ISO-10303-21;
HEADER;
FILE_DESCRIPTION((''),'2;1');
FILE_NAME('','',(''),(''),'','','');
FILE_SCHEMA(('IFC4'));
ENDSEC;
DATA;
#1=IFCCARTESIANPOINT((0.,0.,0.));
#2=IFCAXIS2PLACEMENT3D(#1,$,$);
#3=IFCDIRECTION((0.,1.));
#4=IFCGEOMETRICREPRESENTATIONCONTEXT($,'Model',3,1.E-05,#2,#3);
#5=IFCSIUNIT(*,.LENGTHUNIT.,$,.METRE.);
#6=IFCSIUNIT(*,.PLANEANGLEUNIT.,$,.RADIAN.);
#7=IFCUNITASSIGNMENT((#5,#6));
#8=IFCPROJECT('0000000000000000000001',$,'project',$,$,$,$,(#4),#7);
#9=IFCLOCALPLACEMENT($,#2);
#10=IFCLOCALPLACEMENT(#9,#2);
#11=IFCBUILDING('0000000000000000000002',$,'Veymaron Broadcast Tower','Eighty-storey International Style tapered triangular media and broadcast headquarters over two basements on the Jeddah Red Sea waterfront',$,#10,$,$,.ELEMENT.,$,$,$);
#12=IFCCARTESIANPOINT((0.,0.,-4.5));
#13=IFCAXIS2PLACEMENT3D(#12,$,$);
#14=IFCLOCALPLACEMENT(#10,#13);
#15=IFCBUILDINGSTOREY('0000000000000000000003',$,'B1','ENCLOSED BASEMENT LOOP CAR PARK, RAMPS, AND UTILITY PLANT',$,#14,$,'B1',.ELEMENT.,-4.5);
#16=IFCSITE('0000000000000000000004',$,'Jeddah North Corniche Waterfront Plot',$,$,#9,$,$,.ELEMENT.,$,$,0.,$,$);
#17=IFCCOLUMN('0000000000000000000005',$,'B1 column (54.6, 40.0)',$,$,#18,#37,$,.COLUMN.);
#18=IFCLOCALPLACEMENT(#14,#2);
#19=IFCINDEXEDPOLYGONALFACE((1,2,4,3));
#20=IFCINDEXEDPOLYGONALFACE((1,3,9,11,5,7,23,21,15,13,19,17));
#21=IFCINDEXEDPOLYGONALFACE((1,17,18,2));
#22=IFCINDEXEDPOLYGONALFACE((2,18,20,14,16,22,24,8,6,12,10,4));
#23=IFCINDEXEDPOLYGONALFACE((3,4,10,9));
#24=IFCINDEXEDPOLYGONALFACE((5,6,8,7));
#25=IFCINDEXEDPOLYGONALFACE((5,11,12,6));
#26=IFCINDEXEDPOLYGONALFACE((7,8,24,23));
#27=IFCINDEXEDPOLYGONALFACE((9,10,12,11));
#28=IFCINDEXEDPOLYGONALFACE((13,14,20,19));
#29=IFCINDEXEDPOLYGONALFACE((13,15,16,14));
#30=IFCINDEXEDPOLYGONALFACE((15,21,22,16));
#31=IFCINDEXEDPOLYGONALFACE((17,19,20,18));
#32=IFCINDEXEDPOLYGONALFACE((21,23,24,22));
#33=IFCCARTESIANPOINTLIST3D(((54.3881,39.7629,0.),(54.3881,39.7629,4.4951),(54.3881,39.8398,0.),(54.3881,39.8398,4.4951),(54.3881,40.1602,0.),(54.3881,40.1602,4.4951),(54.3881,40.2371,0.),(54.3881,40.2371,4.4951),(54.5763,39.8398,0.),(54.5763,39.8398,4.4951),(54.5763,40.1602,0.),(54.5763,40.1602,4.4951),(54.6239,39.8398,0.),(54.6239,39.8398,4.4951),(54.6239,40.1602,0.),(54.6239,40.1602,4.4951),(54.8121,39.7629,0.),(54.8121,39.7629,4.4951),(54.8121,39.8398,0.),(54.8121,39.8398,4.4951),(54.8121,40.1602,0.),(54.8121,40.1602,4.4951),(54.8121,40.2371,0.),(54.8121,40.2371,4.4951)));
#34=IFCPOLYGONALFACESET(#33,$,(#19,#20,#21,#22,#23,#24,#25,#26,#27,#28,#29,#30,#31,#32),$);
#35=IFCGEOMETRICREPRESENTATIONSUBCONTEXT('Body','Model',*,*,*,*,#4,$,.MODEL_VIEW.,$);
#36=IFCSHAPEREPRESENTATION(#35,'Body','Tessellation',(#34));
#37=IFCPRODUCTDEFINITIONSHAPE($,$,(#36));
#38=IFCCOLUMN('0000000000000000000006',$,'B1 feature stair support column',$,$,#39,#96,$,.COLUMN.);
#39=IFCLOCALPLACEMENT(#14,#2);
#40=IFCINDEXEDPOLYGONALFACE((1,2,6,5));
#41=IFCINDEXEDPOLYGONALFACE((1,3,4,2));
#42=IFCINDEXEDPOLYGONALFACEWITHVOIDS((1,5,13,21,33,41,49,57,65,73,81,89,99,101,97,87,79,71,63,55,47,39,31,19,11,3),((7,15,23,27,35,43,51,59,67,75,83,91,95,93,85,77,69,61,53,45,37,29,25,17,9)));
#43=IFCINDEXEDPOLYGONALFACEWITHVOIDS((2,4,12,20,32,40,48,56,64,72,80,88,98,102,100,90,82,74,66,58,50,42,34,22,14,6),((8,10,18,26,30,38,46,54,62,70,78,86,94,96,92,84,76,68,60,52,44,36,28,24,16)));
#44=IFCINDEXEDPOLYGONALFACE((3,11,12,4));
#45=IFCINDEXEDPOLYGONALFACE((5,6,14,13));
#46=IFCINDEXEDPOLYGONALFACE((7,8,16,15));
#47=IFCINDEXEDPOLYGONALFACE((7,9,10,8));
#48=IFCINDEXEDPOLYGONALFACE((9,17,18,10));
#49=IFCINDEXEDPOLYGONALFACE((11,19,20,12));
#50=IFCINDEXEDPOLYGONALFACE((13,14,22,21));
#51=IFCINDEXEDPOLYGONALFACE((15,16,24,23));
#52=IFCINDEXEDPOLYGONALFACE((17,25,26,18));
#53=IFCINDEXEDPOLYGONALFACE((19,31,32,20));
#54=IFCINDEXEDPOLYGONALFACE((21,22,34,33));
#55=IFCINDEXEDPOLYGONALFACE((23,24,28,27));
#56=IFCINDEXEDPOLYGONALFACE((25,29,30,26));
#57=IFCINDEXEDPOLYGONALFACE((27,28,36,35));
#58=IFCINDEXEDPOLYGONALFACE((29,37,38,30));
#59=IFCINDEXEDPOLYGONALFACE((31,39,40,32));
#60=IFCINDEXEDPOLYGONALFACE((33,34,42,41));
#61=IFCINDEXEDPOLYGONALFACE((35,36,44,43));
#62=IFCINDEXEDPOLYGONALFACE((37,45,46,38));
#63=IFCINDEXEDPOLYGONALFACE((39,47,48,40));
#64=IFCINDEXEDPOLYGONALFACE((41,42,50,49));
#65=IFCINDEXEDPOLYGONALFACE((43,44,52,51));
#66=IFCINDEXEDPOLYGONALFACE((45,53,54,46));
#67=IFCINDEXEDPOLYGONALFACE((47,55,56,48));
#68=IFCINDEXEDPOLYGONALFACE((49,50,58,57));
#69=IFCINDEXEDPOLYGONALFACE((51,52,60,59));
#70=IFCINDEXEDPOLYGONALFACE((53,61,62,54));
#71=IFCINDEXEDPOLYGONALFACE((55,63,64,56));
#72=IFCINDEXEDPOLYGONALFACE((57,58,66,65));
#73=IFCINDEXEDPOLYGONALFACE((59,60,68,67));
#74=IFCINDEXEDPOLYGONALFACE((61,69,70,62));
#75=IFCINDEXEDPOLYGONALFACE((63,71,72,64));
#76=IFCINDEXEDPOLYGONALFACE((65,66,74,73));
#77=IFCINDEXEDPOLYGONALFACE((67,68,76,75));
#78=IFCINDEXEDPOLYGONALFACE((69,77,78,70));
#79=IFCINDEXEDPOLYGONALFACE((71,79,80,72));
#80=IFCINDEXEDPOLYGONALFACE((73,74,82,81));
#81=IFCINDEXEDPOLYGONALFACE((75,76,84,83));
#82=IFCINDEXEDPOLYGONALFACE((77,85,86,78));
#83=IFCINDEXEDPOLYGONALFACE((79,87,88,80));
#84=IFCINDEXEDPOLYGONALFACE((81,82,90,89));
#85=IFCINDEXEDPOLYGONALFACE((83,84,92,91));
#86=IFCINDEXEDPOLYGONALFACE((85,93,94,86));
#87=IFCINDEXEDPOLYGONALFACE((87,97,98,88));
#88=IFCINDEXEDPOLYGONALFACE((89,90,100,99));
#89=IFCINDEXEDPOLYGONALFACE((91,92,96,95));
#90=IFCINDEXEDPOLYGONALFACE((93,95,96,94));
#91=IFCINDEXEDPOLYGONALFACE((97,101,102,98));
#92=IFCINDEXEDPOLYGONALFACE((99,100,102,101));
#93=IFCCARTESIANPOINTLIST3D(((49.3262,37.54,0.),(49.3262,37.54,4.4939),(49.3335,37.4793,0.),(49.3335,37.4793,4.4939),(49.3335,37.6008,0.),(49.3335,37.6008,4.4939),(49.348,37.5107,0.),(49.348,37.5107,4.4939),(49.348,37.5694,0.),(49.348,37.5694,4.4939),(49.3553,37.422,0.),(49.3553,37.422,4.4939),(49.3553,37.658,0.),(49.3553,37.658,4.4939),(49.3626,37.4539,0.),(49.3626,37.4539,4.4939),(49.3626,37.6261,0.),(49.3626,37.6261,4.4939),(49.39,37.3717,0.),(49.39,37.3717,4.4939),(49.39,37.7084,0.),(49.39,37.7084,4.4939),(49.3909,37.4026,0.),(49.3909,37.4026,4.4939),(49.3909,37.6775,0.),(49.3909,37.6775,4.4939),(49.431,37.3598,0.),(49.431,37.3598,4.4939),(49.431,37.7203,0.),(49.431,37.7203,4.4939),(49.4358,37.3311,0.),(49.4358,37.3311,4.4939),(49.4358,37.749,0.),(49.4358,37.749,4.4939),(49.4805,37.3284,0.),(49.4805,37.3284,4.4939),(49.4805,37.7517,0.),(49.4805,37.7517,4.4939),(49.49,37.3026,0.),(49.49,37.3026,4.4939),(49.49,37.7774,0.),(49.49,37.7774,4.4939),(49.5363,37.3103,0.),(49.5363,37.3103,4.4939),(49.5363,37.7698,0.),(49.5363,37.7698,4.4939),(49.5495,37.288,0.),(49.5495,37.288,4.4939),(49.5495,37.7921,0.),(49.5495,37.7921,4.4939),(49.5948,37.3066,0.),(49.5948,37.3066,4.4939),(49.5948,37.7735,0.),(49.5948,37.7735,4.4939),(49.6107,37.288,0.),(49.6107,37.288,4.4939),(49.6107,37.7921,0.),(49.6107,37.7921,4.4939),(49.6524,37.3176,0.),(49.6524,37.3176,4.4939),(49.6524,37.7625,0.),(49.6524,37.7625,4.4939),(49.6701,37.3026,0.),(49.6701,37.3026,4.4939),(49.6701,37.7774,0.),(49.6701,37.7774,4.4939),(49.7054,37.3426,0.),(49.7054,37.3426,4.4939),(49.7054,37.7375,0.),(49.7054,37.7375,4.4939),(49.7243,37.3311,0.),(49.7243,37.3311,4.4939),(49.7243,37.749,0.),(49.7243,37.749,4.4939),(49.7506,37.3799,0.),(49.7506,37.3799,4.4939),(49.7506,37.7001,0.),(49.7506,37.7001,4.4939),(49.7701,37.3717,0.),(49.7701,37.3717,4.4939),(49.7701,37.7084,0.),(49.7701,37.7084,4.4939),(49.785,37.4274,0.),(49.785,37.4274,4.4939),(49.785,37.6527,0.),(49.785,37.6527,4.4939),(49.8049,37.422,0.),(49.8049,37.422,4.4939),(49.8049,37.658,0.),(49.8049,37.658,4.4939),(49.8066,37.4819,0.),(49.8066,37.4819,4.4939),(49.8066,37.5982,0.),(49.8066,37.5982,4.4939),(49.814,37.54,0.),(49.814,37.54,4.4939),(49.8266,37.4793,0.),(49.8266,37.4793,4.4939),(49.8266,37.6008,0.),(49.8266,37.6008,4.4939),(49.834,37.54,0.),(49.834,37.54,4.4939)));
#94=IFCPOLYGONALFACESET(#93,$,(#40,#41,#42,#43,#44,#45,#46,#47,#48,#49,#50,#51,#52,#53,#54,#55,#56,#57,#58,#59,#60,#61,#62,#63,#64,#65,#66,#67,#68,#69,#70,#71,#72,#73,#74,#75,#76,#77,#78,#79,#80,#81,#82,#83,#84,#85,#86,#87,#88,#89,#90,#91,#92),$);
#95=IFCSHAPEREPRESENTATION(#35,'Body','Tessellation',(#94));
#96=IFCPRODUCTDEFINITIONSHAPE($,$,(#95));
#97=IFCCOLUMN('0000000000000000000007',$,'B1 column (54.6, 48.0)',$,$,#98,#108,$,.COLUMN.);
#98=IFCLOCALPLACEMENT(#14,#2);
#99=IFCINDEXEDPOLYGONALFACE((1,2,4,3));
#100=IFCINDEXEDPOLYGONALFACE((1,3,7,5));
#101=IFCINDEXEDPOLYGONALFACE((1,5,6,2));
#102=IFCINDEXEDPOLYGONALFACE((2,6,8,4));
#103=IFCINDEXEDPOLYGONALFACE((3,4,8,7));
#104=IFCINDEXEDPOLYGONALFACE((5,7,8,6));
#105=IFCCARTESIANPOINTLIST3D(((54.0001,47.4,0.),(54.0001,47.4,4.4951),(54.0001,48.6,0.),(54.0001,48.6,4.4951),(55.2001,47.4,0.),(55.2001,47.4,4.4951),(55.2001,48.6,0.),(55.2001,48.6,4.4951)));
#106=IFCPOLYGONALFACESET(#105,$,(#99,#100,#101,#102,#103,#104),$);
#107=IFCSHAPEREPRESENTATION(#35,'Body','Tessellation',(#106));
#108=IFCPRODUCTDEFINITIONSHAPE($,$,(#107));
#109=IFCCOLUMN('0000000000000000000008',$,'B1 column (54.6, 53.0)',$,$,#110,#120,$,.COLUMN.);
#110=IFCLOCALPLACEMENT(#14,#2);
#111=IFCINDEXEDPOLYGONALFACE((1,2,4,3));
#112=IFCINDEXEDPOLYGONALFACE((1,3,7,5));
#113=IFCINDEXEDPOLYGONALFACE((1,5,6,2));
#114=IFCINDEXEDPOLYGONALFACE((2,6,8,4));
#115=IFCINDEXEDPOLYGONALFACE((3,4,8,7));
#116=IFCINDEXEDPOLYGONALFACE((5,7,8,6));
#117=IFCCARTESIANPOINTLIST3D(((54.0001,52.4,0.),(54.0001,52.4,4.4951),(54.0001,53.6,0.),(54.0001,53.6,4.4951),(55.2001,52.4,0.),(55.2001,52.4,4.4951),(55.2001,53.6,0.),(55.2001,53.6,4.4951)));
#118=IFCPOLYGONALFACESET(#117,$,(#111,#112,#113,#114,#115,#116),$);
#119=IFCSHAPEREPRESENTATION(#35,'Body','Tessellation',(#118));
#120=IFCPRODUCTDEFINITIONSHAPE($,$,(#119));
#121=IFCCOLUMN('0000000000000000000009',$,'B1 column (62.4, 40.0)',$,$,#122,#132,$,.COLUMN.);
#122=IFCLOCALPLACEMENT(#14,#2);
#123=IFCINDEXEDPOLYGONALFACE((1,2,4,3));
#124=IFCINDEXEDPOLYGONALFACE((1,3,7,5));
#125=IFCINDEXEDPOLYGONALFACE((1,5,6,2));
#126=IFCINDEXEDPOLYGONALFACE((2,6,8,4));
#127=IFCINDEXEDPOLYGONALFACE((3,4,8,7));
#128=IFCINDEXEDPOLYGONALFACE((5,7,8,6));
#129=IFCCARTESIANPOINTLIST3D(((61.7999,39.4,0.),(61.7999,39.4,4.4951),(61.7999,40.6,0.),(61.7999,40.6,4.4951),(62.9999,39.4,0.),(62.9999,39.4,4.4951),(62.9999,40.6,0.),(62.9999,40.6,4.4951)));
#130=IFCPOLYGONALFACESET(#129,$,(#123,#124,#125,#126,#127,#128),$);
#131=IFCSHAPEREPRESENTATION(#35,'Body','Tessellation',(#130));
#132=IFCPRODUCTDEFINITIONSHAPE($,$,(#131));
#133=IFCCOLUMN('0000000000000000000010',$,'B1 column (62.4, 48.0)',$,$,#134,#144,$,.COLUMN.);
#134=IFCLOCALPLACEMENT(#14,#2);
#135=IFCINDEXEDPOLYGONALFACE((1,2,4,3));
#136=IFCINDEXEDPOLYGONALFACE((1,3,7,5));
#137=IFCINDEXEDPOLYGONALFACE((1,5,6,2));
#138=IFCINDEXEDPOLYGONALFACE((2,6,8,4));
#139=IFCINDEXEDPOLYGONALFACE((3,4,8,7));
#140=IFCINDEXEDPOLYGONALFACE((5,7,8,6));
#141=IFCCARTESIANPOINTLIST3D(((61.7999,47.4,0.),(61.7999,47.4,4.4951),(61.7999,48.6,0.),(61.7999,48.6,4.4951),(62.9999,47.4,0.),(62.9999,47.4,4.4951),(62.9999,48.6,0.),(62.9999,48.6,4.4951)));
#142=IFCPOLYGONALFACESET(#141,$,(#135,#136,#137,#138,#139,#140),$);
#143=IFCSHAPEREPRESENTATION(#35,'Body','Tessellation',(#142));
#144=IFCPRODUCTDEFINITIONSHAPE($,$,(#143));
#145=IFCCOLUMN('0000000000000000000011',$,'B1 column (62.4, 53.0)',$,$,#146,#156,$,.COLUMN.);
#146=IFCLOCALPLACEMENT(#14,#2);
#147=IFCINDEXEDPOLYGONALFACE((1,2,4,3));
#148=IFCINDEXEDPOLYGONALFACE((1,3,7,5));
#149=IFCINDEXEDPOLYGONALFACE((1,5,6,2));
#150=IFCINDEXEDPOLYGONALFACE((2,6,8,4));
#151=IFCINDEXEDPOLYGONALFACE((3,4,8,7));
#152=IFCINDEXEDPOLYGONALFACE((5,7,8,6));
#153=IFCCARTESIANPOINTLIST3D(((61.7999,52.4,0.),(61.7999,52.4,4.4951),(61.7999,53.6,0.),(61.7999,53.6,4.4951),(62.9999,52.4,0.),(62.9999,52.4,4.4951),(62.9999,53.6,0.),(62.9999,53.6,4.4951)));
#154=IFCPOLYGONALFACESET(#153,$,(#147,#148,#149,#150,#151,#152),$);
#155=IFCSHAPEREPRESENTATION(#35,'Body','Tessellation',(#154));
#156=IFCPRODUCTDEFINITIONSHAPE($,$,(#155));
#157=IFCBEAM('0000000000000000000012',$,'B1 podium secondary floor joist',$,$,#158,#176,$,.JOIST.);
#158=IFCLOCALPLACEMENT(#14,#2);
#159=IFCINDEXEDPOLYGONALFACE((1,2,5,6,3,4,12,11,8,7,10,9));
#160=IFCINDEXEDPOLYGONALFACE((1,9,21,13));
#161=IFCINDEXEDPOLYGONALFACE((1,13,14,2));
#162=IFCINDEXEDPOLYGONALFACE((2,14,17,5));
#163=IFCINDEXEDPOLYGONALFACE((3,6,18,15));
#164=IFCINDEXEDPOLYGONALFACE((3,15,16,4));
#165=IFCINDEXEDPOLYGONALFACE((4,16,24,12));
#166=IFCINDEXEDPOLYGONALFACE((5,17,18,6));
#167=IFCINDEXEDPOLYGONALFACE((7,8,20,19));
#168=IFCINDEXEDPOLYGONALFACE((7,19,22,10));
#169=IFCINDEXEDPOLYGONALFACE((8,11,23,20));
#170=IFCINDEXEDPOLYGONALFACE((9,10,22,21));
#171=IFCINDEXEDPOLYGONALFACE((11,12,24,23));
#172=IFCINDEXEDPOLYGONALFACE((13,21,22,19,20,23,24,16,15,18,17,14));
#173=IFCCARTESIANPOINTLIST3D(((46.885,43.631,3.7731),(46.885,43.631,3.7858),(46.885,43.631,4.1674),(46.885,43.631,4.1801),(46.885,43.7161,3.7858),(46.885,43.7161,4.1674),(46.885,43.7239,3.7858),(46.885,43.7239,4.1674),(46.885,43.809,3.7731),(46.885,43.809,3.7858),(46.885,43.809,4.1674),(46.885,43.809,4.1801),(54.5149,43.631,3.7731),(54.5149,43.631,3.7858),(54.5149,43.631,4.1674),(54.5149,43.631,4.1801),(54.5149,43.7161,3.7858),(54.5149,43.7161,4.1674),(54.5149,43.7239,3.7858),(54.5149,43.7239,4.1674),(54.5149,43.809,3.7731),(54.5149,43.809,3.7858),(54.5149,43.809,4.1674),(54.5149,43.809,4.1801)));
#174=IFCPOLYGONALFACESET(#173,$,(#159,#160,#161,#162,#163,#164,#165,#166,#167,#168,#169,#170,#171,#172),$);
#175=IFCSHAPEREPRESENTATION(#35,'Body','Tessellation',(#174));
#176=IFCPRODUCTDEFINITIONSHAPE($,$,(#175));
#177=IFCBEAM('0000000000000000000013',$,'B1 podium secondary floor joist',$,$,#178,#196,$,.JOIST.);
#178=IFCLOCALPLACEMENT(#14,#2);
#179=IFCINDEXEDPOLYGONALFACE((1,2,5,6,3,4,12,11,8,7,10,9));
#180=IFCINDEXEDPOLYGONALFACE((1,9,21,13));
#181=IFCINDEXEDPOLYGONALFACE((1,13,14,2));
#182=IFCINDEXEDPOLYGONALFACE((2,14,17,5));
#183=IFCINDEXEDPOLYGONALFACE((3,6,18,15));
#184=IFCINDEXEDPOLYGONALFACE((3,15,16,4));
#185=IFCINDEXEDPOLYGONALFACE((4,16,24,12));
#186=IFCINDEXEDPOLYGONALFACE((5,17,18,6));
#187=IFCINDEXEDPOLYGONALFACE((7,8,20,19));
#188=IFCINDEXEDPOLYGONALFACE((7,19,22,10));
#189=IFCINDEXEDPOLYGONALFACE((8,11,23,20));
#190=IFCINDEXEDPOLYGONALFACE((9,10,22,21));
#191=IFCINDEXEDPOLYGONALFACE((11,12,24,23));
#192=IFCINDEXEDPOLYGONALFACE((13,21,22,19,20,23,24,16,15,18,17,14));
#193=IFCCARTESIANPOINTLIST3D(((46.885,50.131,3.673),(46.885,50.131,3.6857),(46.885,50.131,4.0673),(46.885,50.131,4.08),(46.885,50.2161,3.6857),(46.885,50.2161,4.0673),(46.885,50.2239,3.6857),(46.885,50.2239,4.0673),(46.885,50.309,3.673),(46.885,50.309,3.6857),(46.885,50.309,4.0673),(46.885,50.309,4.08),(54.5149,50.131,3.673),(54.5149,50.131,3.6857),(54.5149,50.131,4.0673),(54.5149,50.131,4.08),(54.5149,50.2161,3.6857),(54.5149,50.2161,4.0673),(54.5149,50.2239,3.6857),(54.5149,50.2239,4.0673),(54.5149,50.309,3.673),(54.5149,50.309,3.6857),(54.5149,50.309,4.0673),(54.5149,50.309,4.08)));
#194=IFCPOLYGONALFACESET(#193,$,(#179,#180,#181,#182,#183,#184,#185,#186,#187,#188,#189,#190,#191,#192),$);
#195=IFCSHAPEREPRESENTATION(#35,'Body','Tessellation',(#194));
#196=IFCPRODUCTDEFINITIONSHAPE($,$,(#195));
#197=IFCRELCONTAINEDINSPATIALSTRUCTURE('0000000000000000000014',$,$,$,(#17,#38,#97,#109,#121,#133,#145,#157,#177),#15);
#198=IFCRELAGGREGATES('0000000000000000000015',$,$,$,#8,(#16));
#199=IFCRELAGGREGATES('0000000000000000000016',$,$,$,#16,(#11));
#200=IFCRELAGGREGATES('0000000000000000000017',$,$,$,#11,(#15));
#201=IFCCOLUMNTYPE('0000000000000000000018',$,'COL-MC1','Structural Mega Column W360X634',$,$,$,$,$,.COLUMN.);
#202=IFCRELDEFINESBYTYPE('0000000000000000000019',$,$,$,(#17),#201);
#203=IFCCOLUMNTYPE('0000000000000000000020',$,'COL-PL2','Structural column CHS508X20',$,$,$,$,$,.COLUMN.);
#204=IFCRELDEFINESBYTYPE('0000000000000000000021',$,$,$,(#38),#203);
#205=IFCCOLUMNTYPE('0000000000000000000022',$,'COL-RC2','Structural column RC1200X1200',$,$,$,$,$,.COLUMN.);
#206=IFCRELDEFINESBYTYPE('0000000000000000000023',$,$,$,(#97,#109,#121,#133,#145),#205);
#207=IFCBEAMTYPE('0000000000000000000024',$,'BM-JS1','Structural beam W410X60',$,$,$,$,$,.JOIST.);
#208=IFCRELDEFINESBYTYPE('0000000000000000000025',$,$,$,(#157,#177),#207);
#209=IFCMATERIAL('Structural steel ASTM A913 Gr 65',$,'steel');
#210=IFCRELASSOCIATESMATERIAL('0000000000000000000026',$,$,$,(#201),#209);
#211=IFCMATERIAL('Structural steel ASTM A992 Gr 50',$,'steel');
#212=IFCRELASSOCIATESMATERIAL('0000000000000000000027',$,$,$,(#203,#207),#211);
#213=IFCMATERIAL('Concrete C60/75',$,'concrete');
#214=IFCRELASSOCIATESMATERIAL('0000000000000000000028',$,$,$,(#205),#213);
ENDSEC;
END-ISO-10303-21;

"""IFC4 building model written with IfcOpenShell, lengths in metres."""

from ifc_helpers import new_model, si_unit, direction, frame, origin, origin_2d, place, context, subcontext, project, spatial, rectangle, hollow_circle, i_section, extrude, material, material_profile, profile_set, type_object, element, save


model = new_model("IFC4")

# Units and contexts
model_context = context("Model", 3, precision=1e-05, world=origin(), true_north=direction((0.0, 1.0)))
body_context = subcontext(model_context, "Body", "Model", "MODEL_VIEW")
ifc_project = project(units=[si_unit("LENGTHUNIT", "METRE"), si_unit("PLANEANGLEUNIT", "RADIAN")], contexts=[model_context])

# Site, building, storey
site_placement = place(None, origin())
site = spatial("IfcSite", under=ifc_project, at=site_placement, Name="Jeddah North Corniche Waterfront Plot", CompositionType="ELEMENT", RefElevation=0.0)
building_placement = place(site_placement, origin())
building = spatial("IfcBuilding", under=site, at=building_placement, Name="Veymaron Broadcast Tower", Description="Eighty-storey International Style tapered triangular media and broadcast headquarters over two basements on the Jeddah Red Sea waterfront", CompositionType="ELEMENT")
storey_placement = place(building_placement, frame((0.0, 0.0, -4.5)))
storey = spatial("IfcBuildingStorey", under=building, at=storey_placement, Name="B1", Description="ENCLOSED BASEMENT LOOP CAR PARK, RAMPS, AND UTILITY PLANT", LongName="B1", CompositionType="ELEMENT", Elevation=-4.5)

# Columns
ifc_material_1 = material(Name="Structural steel ASTM A913 Gr 65", Category="steel")
ifc_material_profile_1 = material_profile(ifc_material_1, i_section(OverallWidth=0.4241, OverallDepth=0.4741, WebThickness=0.0476, FlangeThickness=0.0769, at=origin_2d()), Name="W360X634")
ifc_profile_set_1 = profile_set([ifc_material_profile_1], Name="Structural steel ASTM A913 Gr 65")
column_type_1 = type_object("IfcColumnType", Name="COL-MC1", Description="Structural Mega Column W360X634", PredefinedType="COLUMN", material=ifc_profile_set_1)
column_1_placement = place(storey_placement, frame((54.6001, 40.0, 0.0), z_axis=(0.0, 0.0, 1.0), x_axis=(1.0, 0.0, 0.0)))
element("IfcColumn", 1, at=column_1_placement, inside=storey, type_object=column_type_1, Name="B1 column (54.6, 40.0)", PredefinedType="COLUMN", context=body_context, shape_type="SweptSolid", body=[
    extrude(i_section(OverallWidth=0.4241, OverallDepth=0.4741, WebThickness=0.0476, FlangeThickness=0.0769, at=origin_2d()), origin(), (0.0, 0.0, 1.0), 4.4951),
])
ifc_material_2 = material(Name="Structural steel ASTM A992 Gr 50", Category="steel")
ifc_material_profile_2 = material_profile(ifc_material_2, hollow_circle(Radius=0.2539, WallThickness=0.02, at=origin_2d()), Name="CHS508X20")
ifc_profile_set_2 = profile_set([ifc_material_profile_2], Name="Structural steel ASTM A992 Gr 50")
column_type_2 = type_object("IfcColumnType", Name="COL-PL2", Description="Structural column CHS508X20", PredefinedType="COLUMN", material=ifc_profile_set_2)
column_2_placement = place(storey_placement, frame((49.5801, 37.54, 0.0), z_axis=(0.0, 0.0, 1.0), x_axis=(1.0, 0.0, 0.0)))
element("IfcColumn", 2, at=column_2_placement, inside=storey, type_object=column_type_2, Name="B1 feature stair support column", PredefinedType="COLUMN", context=body_context, shape_type="SweptSolid", body=[
    extrude(hollow_circle(Radius=0.2539, WallThickness=0.02, at=origin_2d()), origin(), (0.0, 0.0, 1.0), 4.4939),
])
ifc_material_3 = material(Name="Concrete C60/75", Category="concrete")
ifc_material_profile_3 = material_profile(ifc_material_3, rectangle(XDim=1.2, YDim=1.2, at=origin_2d()), Name="RC1200X1200")
ifc_profile_set_3 = profile_set([ifc_material_profile_3], Name="Concrete C60/75")
column_type_3 = type_object("IfcColumnType", Name="COL-RC2", Description="Structural column RC1200X1200", PredefinedType="COLUMN", material=ifc_profile_set_3)
for number, where, z_axis, x_axis, name in (
    (3, (54.6001, 48.0, 0.0), (0.0, 0.0, 1.0), (1.0, 0.0, 0.0), "B1 column (54.6, 48.0)"),
    (4, (54.6001, 53.0, 0.0), (0.0, 0.0, 1.0), (1.0, 0.0, 0.0), "B1 column (54.6, 53.0)"),
    (5, (62.3999, 40.0, 0.0), (0.0, 0.0, 1.0), (1.0, 0.0, 0.0), "B1 column (62.4, 40.0)"),
    (6, (62.3999, 48.0, 0.0), (0.0, 0.0, 1.0), (1.0, 0.0, 0.0), "B1 column (62.4, 48.0)"),
    (7, (62.3999, 53.0, 0.0), (0.0, 0.0, 1.0), (1.0, 0.0, 0.0), "B1 column (62.4, 53.0)"),
):
    element("IfcColumn", number, at=place(storey_placement, frame(where, z_axis=z_axis, x_axis=x_axis)), inside=storey, type_object=column_type_3, Name=name, PredefinedType="COLUMN", context=body_context, shape_type="SweptSolid", body=[
        extrude(rectangle(XDim=1.2, YDim=1.2, at=origin_2d()), origin(), (0.0, 0.0, 1.0), 4.4951),
    ])

# Beams
ifc_material_profile_4 = material_profile(ifc_material_2, i_section(OverallWidth=0.178, OverallDepth=0.407, WebThickness=0.0078, FlangeThickness=0.0127, at=origin_2d()), Name="W410X60")
ifc_profile_set_4 = profile_set([ifc_material_profile_4], Name="Structural steel ASTM A992 Gr 50")
beam_type_1 = type_object("IfcBeamType", Name="BM-JS1", Description="Structural beam W410X60", PredefinedType="JOIST", material=ifc_profile_set_4)
for number, where, z_axis, x_axis, name in (
    (8, (46.885, 43.72, 3.9766), (1.0, 0.0, 0.0), (0.0, 1.0, 0.0), "B1 podium secondary floor joist"),
    (9, (46.885, 50.22, 3.8765), (1.0, 0.0, 0.0), (0.0, 1.0, 0.0), "B1 podium secondary floor joist"),
):
    element("IfcBeam", number, at=place(storey_placement, frame(where, z_axis=z_axis, x_axis=x_axis)), inside=storey, type_object=beam_type_1, Name=name, PredefinedType="JOIST", context=body_context, shape_type="SweptSolid", body=[
        extrude(i_section(OverallWidth=0.178, OverallDepth=0.407, WebThickness=0.0078, FlangeThickness=0.0127, at=origin_2d()), origin(), (0.0, 0.0, 1.0), 7.6299),
    ])

save(model, "model.ifc")
